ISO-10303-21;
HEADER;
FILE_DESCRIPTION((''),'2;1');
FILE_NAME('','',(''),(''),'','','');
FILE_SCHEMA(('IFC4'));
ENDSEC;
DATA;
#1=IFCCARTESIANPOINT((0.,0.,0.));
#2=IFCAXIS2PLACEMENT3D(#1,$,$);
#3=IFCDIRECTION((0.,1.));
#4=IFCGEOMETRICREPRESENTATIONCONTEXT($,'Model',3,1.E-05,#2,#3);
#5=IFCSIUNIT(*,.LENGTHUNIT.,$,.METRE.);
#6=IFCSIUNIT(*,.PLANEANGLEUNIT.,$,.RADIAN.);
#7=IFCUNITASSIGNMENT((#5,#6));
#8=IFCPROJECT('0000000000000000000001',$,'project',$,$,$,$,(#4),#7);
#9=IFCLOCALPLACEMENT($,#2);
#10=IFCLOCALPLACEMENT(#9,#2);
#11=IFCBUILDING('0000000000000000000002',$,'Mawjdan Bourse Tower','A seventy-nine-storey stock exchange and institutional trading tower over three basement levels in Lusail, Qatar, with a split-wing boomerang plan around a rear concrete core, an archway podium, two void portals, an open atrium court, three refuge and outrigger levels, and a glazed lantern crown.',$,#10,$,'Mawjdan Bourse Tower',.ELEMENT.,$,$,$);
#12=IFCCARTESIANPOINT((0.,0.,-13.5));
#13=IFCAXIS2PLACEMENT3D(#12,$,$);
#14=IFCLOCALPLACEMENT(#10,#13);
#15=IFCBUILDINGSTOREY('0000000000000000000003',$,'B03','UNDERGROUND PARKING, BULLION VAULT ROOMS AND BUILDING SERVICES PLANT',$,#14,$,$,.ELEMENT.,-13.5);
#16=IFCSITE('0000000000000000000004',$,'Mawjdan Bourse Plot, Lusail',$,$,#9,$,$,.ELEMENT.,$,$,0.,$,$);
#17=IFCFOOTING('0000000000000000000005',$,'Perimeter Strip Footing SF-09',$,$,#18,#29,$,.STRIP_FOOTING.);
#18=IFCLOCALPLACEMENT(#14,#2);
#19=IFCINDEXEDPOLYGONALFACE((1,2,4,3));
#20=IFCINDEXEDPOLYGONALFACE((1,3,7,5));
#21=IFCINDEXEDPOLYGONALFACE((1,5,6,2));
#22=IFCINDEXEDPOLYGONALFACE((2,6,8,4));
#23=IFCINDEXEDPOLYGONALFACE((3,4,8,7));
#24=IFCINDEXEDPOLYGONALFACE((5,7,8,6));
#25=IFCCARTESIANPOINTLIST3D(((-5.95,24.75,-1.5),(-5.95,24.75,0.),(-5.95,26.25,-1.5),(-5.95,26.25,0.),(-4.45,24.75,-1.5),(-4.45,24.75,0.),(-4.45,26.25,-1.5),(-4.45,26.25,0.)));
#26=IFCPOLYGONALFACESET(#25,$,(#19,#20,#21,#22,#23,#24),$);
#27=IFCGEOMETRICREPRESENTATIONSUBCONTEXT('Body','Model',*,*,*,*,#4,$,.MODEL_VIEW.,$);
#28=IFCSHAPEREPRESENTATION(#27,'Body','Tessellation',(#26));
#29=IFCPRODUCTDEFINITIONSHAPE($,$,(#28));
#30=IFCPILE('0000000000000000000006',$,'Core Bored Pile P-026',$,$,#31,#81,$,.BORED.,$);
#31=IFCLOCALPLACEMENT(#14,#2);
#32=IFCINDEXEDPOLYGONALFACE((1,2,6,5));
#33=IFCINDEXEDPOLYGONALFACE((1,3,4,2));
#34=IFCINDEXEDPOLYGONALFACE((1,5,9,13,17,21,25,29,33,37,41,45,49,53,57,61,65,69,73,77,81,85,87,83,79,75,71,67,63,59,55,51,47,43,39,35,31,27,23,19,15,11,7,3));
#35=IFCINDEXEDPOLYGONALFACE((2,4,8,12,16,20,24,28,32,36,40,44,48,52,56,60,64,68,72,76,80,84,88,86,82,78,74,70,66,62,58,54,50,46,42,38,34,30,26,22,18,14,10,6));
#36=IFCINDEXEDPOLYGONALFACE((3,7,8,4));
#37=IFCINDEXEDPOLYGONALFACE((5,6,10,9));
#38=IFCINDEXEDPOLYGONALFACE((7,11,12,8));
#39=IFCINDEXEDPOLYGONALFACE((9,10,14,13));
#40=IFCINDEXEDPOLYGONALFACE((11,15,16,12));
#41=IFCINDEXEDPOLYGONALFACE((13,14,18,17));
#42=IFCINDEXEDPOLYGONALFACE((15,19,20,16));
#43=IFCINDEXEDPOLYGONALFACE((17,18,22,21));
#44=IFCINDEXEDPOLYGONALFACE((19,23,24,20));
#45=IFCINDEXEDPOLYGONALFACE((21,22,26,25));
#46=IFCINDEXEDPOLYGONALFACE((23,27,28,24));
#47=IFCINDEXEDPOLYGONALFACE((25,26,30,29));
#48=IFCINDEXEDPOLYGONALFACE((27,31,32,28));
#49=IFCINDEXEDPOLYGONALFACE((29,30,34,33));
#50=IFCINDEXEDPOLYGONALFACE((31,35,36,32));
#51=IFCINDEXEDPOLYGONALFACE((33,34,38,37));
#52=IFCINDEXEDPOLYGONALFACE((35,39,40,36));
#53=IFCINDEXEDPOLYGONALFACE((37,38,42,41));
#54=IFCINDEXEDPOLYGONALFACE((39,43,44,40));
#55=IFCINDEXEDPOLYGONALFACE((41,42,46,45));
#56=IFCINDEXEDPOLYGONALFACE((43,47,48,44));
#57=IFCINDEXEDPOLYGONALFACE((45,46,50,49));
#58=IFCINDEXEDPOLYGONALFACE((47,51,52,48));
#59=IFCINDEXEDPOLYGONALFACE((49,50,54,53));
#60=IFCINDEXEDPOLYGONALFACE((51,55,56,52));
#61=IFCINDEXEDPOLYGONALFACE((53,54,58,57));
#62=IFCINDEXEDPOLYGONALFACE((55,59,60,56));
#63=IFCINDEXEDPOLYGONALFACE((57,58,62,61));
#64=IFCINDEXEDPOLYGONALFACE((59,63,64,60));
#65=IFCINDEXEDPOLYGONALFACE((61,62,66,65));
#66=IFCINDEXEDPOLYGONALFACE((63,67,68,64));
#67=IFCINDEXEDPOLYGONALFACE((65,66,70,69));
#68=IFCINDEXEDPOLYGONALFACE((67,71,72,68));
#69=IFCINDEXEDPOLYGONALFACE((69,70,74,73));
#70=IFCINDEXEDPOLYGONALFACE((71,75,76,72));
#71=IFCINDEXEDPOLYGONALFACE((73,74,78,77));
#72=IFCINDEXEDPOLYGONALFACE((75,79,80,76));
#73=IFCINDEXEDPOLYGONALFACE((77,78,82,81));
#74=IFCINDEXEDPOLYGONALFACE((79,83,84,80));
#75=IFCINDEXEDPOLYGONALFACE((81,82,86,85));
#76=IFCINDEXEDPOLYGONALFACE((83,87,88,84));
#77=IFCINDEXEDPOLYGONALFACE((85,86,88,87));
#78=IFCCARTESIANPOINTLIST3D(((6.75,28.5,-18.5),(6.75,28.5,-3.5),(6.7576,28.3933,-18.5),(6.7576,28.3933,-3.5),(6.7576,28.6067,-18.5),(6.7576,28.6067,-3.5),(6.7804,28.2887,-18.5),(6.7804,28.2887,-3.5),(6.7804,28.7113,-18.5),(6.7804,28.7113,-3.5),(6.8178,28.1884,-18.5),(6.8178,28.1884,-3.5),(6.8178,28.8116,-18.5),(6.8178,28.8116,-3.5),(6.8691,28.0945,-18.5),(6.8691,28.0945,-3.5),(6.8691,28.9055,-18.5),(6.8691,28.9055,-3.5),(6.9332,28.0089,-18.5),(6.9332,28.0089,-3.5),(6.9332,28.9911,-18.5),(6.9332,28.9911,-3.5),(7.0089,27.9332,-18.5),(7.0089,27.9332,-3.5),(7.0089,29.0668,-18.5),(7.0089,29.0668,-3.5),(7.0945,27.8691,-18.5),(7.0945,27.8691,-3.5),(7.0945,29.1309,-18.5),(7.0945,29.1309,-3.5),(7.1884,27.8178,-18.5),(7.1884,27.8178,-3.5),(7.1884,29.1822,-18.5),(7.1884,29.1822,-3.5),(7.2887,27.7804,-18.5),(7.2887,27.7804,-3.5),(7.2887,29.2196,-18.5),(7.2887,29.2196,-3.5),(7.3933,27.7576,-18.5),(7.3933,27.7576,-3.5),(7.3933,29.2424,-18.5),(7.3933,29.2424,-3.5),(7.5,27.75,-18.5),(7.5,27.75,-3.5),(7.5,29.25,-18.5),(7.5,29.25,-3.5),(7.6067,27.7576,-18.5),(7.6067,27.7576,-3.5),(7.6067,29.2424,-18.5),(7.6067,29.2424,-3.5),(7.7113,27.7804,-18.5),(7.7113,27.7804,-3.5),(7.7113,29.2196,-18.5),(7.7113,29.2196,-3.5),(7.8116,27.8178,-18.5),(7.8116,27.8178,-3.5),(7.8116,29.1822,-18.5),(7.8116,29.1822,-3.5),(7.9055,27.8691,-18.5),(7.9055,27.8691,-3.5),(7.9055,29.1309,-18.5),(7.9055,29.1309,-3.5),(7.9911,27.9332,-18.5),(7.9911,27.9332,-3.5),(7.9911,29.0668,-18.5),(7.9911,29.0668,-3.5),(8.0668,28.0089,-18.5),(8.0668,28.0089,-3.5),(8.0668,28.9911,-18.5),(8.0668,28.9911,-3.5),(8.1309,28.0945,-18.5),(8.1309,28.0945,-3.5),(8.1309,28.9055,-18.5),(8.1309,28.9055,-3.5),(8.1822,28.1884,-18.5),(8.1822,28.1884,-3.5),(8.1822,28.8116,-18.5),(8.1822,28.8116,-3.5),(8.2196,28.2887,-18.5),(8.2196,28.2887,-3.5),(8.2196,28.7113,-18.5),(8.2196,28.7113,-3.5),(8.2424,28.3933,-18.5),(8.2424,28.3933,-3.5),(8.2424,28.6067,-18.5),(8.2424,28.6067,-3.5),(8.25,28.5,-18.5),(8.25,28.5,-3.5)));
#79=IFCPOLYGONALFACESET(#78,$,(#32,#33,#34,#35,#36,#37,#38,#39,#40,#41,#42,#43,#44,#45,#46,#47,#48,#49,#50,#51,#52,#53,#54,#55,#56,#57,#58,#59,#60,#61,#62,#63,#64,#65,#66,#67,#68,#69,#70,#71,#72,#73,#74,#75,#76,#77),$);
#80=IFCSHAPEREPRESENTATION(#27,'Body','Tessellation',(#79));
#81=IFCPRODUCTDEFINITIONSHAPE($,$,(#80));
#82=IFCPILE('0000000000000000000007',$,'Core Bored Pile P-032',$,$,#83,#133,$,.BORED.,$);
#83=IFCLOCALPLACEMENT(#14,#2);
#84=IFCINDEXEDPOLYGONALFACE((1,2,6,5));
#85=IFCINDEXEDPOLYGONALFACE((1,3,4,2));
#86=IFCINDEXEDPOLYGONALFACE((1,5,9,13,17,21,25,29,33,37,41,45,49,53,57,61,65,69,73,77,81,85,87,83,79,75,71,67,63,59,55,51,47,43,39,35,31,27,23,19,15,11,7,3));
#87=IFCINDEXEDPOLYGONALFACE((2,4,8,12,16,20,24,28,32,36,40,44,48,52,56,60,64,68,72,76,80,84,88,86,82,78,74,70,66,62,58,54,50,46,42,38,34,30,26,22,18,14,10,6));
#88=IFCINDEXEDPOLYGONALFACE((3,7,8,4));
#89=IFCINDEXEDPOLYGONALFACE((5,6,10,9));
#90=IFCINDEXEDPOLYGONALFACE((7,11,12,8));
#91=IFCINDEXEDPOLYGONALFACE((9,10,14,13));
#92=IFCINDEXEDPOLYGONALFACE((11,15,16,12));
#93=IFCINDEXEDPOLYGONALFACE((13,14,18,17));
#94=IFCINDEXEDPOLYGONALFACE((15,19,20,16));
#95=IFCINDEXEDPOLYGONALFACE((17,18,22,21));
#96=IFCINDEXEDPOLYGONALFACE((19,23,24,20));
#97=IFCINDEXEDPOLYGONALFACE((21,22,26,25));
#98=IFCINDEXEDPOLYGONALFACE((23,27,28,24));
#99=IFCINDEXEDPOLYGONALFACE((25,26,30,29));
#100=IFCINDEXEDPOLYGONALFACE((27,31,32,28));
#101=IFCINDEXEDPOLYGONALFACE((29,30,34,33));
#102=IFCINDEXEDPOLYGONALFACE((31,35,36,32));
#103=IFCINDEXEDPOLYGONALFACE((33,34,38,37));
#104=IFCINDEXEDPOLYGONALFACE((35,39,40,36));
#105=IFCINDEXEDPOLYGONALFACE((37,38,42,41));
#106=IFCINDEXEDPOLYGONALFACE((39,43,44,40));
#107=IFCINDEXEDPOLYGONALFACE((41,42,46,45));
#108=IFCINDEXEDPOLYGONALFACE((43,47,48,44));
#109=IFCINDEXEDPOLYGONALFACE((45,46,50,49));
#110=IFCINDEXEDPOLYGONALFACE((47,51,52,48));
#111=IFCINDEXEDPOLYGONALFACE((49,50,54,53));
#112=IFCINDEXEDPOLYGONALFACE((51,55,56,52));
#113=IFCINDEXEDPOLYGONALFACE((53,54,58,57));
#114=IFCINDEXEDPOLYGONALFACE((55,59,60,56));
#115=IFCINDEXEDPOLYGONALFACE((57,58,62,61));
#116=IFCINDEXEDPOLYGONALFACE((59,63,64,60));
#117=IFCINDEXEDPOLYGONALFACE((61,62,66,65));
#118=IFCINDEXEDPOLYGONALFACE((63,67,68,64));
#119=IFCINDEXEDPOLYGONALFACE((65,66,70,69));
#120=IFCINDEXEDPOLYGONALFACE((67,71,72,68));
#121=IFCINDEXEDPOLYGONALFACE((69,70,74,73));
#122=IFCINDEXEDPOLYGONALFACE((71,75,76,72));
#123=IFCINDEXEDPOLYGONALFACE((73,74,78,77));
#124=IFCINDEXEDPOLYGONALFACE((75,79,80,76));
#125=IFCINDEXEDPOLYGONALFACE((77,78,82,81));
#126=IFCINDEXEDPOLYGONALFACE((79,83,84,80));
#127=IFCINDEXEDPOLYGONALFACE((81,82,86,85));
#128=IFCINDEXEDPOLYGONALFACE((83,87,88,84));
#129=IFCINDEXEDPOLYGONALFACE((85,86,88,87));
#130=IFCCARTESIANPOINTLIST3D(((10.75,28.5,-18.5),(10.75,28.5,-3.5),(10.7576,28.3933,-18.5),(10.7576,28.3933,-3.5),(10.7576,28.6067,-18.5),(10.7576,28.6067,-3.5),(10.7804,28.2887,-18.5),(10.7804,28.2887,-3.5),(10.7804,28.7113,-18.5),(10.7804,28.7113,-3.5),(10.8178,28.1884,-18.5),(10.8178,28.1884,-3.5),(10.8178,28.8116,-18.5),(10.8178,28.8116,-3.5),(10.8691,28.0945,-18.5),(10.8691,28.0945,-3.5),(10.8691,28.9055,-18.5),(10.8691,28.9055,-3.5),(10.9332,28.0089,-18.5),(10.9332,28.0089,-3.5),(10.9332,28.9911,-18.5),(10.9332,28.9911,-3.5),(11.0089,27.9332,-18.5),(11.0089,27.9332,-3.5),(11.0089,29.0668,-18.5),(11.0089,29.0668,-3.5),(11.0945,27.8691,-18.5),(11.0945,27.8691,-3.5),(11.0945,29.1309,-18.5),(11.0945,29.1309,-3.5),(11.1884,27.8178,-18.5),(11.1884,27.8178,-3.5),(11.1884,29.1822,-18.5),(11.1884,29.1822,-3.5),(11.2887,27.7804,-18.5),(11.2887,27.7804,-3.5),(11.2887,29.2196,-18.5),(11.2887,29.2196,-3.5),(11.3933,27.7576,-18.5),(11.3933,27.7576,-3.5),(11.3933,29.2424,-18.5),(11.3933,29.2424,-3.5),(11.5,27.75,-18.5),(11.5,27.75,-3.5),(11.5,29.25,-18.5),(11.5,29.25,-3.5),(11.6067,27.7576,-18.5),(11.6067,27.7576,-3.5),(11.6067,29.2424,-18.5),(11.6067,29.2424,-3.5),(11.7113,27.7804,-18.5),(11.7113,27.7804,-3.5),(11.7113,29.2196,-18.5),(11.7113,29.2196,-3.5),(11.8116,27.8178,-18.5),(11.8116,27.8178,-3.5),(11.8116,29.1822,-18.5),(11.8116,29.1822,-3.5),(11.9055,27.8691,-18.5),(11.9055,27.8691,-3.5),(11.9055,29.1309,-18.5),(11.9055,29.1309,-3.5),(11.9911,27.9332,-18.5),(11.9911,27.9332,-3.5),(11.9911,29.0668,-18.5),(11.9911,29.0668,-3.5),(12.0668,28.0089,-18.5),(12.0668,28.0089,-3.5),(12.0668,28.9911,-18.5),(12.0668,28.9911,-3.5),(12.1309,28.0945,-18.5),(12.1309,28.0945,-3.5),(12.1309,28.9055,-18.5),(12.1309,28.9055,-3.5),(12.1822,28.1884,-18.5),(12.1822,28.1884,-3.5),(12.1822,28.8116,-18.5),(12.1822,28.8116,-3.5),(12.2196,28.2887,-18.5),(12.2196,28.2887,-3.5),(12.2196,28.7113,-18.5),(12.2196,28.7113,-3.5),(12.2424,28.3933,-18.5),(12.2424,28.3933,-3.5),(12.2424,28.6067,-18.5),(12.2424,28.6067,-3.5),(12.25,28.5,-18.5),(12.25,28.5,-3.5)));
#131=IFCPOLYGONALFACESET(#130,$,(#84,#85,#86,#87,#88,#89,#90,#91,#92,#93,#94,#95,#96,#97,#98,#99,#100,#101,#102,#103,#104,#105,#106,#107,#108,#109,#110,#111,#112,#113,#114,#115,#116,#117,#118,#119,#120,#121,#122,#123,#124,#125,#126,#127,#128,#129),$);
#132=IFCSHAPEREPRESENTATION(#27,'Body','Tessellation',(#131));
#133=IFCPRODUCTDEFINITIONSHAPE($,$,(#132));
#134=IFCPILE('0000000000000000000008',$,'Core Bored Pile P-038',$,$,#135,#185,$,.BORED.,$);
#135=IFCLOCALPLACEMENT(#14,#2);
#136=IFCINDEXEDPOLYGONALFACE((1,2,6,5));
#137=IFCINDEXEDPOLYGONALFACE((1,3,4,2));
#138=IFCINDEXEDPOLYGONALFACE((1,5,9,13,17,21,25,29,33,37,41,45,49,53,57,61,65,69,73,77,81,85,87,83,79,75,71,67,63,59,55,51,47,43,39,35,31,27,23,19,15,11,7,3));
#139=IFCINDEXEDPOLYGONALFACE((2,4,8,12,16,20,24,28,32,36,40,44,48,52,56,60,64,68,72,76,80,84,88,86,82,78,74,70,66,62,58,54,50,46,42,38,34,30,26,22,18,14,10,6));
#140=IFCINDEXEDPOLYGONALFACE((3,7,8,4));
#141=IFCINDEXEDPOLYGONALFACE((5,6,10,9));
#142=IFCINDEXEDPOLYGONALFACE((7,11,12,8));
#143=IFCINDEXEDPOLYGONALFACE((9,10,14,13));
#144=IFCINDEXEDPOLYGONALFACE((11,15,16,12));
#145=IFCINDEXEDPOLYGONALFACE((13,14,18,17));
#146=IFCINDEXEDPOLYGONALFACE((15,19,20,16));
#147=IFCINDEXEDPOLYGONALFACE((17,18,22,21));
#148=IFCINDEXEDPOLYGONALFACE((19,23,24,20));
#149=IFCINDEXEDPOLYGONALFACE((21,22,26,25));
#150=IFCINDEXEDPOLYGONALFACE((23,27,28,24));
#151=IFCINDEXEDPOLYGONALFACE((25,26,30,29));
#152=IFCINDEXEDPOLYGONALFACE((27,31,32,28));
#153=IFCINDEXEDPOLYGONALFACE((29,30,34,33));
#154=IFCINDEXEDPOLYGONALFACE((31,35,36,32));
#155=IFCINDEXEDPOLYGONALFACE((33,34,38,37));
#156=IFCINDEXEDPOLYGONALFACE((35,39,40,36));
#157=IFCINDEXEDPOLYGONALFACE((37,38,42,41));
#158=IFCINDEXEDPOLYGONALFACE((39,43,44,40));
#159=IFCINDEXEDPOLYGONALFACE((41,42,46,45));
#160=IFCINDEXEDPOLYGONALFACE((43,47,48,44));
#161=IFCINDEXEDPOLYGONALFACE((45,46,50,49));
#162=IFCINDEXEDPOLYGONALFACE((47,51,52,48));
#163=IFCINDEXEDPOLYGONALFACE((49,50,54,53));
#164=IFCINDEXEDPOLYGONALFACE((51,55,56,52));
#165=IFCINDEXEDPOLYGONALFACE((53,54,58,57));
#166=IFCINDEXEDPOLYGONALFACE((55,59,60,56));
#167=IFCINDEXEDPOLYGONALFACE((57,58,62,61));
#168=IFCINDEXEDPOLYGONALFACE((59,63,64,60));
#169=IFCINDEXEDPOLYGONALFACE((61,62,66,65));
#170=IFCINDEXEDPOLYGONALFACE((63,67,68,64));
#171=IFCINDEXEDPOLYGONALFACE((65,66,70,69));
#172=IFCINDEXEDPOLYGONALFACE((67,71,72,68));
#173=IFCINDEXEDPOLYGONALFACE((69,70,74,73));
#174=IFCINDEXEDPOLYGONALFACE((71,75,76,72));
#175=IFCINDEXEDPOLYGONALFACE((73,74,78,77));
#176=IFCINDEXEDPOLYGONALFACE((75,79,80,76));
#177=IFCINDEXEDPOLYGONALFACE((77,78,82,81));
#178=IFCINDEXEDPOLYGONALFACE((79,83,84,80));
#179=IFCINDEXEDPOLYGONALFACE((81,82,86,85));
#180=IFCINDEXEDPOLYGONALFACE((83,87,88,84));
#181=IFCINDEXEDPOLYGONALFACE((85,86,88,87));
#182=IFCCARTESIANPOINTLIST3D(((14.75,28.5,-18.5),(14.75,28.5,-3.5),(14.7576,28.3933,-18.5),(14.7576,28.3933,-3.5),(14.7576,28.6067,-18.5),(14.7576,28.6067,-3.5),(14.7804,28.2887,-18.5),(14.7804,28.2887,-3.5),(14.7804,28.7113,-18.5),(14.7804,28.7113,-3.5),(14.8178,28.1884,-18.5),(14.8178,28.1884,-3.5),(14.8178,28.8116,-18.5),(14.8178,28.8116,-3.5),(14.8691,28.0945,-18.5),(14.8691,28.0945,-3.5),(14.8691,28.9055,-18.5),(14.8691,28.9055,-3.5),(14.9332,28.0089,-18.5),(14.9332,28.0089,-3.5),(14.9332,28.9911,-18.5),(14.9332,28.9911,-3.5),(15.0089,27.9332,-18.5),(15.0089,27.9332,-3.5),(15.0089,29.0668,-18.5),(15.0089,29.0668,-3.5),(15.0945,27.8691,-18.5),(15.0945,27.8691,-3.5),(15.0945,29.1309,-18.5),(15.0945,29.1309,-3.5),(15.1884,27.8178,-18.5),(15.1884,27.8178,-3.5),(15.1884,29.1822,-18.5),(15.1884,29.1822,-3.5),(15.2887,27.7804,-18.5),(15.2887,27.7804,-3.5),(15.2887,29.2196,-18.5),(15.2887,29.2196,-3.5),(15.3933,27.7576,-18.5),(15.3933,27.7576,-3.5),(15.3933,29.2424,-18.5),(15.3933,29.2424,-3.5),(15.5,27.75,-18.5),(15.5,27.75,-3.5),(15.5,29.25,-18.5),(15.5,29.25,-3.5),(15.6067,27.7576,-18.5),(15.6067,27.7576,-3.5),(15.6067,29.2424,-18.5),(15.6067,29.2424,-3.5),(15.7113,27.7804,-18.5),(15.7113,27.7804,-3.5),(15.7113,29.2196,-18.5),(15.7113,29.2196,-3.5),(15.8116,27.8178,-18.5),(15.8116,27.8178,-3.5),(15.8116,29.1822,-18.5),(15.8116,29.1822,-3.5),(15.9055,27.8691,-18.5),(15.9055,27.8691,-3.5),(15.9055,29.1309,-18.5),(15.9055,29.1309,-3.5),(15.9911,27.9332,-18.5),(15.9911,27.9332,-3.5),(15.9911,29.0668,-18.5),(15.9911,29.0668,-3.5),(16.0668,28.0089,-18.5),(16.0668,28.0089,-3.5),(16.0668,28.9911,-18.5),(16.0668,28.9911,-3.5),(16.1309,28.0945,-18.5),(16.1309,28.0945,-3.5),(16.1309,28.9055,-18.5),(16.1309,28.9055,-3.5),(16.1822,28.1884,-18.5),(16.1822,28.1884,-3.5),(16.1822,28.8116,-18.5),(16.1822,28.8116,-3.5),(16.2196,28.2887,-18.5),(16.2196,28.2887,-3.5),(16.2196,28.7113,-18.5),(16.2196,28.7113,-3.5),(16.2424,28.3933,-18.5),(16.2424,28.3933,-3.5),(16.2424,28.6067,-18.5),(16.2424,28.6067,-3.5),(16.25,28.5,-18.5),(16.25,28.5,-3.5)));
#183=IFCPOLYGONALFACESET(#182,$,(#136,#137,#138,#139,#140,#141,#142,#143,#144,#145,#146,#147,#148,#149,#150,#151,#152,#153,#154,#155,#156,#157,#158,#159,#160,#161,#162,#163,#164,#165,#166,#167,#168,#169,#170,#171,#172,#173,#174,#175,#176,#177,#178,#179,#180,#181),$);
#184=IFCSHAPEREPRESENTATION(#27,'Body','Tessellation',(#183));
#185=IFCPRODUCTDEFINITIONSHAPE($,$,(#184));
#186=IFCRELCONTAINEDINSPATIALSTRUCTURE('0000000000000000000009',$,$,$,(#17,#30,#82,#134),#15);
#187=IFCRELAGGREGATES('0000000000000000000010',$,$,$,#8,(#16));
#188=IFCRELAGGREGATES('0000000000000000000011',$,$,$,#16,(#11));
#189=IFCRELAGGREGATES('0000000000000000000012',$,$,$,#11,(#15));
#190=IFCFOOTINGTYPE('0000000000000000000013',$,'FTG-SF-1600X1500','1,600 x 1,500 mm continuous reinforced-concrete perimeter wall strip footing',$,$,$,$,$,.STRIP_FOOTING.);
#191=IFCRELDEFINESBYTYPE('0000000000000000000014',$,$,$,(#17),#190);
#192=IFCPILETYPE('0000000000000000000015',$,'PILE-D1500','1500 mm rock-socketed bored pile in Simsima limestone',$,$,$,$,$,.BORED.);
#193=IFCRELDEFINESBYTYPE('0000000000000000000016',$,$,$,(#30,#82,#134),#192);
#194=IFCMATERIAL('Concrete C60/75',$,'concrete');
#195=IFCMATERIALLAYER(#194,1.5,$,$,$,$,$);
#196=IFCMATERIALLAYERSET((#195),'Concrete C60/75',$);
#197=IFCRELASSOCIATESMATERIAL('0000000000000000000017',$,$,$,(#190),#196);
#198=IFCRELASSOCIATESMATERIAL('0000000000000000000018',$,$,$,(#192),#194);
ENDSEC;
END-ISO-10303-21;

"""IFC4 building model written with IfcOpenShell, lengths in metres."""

from ifc_helpers import new_model, si_unit, direction, frame, origin, origin_2d, place, context, subcontext, project, spatial, rectangle, circle, extrude, material, layer, layer_set, material_profile, profile_set, type_object, element, save


model = new_model("IFC4")

# Units and contexts
model_context = context("Model", 3, precision=1e-05, world=origin(), true_north=direction((0.0, 1.0)))
body_context = subcontext(model_context, "Body", "Model", "MODEL_VIEW")
ifc_project = project(units=[si_unit("LENGTHUNIT", "METRE"), si_unit("PLANEANGLEUNIT", "RADIAN")], contexts=[model_context])

# Site, building, storey
site_placement = place(None, origin())
site = spatial("IfcSite", under=ifc_project, at=site_placement, Name="Mawjdan Bourse Plot, Lusail", CompositionType="ELEMENT", RefElevation=0.0)
building_placement = place(site_placement, origin())
building = spatial("IfcBuilding", under=site, at=building_placement, Name="Mawjdan Bourse Tower", Description="A seventy-nine-storey stock exchange and institutional trading tower over three basement levels in Lusail, Qatar, with a split-wing boomerang plan around a rear concrete core, an archway podium, two void portals, an open atrium court, three refuge and outrigger levels, and a glazed lantern crown.", LongName="Mawjdan Bourse Tower", CompositionType="ELEMENT")
storey_placement = place(building_placement, frame((0.0, 0.0, -13.5)))
storey = spatial("IfcBuildingStorey", under=building, at=storey_placement, Name="B03", Description="UNDERGROUND PARKING, BULLION VAULT ROOMS AND BUILDING SERVICES PLANT", CompositionType="ELEMENT", Elevation=-13.5)

# Footing
ifc_material_1 = material(Name="Concrete C60/75", Category="concrete")
ifc_layer_1 = layer(ifc_material_1, 1.5)
ifc_layer_set_1 = layer_set([ifc_layer_1], Name="Concrete C60/75")
footing_type = type_object("IfcFootingType", Name="FTG-SF-1600X1500", Description="1,600 x 1,500 mm continuous reinforced-concrete perimeter wall strip footing", PredefinedType="STRIP_FOOTING", material=ifc_layer_set_1)
footing_placement = place(storey_placement, frame((-5.2, 25.5, -1.5), z_axis=(0.0, 0.0, 1.0), x_axis=(1.0, 0.0, 0.0)))
element("IfcFooting", 1, at=footing_placement, inside=storey, type_object=footing_type, Name="Perimeter Strip Footing SF-09", PredefinedType="STRIP_FOOTING", context=body_context, shape_type="SweptSolid", body=[
    extrude(rectangle(XDim=1.5, YDim=1.5, at=origin_2d()), origin(), (0.0, 0.0, 1.0), 1.5),
])

# Piles
ifc_material_profile_1 = material_profile(ifc_material_1, circle(Radius=0.75, at=origin_2d()), Name="PILE-D1500")
ifc_profile_set_1 = profile_set([ifc_material_profile_1], Name="Concrete C60/75")
pile_type = type_object("IfcPileType", Name="PILE-D1500", Description="1500 mm rock-socketed bored pile in Simsima limestone", PredefinedType="BORED", material=ifc_profile_set_1)
for number, where, z_axis, x_axis, name in (
    (2, (7.5, 28.5, -3.5), (0.0, 0.0, -1.0), (1.0, 0.0, 0.0), "Core Bored Pile P-026"),
    (3, (11.5, 28.5, -3.5), (0.0, 0.0, -1.0), (1.0, 0.0, 0.0), "Core Bored Pile P-032"),
    (4, (15.5, 28.5, -3.5), (0.0, 0.0, -1.0), (1.0, 0.0, 0.0), "Core Bored Pile P-038"),
):
    element("IfcPile", number, at=place(storey_placement, frame(where, z_axis=z_axis, x_axis=x_axis)), inside=storey, type_object=pile_type, Name=name, PredefinedType="BORED", context=body_context, shape_type="SweptSolid", body=[
        extrude(circle(Radius=0.75, at=origin_2d()), origin(), (0.0, 0.0, 1.0), 15.0),
    ])

save(model, "model.ifc")
